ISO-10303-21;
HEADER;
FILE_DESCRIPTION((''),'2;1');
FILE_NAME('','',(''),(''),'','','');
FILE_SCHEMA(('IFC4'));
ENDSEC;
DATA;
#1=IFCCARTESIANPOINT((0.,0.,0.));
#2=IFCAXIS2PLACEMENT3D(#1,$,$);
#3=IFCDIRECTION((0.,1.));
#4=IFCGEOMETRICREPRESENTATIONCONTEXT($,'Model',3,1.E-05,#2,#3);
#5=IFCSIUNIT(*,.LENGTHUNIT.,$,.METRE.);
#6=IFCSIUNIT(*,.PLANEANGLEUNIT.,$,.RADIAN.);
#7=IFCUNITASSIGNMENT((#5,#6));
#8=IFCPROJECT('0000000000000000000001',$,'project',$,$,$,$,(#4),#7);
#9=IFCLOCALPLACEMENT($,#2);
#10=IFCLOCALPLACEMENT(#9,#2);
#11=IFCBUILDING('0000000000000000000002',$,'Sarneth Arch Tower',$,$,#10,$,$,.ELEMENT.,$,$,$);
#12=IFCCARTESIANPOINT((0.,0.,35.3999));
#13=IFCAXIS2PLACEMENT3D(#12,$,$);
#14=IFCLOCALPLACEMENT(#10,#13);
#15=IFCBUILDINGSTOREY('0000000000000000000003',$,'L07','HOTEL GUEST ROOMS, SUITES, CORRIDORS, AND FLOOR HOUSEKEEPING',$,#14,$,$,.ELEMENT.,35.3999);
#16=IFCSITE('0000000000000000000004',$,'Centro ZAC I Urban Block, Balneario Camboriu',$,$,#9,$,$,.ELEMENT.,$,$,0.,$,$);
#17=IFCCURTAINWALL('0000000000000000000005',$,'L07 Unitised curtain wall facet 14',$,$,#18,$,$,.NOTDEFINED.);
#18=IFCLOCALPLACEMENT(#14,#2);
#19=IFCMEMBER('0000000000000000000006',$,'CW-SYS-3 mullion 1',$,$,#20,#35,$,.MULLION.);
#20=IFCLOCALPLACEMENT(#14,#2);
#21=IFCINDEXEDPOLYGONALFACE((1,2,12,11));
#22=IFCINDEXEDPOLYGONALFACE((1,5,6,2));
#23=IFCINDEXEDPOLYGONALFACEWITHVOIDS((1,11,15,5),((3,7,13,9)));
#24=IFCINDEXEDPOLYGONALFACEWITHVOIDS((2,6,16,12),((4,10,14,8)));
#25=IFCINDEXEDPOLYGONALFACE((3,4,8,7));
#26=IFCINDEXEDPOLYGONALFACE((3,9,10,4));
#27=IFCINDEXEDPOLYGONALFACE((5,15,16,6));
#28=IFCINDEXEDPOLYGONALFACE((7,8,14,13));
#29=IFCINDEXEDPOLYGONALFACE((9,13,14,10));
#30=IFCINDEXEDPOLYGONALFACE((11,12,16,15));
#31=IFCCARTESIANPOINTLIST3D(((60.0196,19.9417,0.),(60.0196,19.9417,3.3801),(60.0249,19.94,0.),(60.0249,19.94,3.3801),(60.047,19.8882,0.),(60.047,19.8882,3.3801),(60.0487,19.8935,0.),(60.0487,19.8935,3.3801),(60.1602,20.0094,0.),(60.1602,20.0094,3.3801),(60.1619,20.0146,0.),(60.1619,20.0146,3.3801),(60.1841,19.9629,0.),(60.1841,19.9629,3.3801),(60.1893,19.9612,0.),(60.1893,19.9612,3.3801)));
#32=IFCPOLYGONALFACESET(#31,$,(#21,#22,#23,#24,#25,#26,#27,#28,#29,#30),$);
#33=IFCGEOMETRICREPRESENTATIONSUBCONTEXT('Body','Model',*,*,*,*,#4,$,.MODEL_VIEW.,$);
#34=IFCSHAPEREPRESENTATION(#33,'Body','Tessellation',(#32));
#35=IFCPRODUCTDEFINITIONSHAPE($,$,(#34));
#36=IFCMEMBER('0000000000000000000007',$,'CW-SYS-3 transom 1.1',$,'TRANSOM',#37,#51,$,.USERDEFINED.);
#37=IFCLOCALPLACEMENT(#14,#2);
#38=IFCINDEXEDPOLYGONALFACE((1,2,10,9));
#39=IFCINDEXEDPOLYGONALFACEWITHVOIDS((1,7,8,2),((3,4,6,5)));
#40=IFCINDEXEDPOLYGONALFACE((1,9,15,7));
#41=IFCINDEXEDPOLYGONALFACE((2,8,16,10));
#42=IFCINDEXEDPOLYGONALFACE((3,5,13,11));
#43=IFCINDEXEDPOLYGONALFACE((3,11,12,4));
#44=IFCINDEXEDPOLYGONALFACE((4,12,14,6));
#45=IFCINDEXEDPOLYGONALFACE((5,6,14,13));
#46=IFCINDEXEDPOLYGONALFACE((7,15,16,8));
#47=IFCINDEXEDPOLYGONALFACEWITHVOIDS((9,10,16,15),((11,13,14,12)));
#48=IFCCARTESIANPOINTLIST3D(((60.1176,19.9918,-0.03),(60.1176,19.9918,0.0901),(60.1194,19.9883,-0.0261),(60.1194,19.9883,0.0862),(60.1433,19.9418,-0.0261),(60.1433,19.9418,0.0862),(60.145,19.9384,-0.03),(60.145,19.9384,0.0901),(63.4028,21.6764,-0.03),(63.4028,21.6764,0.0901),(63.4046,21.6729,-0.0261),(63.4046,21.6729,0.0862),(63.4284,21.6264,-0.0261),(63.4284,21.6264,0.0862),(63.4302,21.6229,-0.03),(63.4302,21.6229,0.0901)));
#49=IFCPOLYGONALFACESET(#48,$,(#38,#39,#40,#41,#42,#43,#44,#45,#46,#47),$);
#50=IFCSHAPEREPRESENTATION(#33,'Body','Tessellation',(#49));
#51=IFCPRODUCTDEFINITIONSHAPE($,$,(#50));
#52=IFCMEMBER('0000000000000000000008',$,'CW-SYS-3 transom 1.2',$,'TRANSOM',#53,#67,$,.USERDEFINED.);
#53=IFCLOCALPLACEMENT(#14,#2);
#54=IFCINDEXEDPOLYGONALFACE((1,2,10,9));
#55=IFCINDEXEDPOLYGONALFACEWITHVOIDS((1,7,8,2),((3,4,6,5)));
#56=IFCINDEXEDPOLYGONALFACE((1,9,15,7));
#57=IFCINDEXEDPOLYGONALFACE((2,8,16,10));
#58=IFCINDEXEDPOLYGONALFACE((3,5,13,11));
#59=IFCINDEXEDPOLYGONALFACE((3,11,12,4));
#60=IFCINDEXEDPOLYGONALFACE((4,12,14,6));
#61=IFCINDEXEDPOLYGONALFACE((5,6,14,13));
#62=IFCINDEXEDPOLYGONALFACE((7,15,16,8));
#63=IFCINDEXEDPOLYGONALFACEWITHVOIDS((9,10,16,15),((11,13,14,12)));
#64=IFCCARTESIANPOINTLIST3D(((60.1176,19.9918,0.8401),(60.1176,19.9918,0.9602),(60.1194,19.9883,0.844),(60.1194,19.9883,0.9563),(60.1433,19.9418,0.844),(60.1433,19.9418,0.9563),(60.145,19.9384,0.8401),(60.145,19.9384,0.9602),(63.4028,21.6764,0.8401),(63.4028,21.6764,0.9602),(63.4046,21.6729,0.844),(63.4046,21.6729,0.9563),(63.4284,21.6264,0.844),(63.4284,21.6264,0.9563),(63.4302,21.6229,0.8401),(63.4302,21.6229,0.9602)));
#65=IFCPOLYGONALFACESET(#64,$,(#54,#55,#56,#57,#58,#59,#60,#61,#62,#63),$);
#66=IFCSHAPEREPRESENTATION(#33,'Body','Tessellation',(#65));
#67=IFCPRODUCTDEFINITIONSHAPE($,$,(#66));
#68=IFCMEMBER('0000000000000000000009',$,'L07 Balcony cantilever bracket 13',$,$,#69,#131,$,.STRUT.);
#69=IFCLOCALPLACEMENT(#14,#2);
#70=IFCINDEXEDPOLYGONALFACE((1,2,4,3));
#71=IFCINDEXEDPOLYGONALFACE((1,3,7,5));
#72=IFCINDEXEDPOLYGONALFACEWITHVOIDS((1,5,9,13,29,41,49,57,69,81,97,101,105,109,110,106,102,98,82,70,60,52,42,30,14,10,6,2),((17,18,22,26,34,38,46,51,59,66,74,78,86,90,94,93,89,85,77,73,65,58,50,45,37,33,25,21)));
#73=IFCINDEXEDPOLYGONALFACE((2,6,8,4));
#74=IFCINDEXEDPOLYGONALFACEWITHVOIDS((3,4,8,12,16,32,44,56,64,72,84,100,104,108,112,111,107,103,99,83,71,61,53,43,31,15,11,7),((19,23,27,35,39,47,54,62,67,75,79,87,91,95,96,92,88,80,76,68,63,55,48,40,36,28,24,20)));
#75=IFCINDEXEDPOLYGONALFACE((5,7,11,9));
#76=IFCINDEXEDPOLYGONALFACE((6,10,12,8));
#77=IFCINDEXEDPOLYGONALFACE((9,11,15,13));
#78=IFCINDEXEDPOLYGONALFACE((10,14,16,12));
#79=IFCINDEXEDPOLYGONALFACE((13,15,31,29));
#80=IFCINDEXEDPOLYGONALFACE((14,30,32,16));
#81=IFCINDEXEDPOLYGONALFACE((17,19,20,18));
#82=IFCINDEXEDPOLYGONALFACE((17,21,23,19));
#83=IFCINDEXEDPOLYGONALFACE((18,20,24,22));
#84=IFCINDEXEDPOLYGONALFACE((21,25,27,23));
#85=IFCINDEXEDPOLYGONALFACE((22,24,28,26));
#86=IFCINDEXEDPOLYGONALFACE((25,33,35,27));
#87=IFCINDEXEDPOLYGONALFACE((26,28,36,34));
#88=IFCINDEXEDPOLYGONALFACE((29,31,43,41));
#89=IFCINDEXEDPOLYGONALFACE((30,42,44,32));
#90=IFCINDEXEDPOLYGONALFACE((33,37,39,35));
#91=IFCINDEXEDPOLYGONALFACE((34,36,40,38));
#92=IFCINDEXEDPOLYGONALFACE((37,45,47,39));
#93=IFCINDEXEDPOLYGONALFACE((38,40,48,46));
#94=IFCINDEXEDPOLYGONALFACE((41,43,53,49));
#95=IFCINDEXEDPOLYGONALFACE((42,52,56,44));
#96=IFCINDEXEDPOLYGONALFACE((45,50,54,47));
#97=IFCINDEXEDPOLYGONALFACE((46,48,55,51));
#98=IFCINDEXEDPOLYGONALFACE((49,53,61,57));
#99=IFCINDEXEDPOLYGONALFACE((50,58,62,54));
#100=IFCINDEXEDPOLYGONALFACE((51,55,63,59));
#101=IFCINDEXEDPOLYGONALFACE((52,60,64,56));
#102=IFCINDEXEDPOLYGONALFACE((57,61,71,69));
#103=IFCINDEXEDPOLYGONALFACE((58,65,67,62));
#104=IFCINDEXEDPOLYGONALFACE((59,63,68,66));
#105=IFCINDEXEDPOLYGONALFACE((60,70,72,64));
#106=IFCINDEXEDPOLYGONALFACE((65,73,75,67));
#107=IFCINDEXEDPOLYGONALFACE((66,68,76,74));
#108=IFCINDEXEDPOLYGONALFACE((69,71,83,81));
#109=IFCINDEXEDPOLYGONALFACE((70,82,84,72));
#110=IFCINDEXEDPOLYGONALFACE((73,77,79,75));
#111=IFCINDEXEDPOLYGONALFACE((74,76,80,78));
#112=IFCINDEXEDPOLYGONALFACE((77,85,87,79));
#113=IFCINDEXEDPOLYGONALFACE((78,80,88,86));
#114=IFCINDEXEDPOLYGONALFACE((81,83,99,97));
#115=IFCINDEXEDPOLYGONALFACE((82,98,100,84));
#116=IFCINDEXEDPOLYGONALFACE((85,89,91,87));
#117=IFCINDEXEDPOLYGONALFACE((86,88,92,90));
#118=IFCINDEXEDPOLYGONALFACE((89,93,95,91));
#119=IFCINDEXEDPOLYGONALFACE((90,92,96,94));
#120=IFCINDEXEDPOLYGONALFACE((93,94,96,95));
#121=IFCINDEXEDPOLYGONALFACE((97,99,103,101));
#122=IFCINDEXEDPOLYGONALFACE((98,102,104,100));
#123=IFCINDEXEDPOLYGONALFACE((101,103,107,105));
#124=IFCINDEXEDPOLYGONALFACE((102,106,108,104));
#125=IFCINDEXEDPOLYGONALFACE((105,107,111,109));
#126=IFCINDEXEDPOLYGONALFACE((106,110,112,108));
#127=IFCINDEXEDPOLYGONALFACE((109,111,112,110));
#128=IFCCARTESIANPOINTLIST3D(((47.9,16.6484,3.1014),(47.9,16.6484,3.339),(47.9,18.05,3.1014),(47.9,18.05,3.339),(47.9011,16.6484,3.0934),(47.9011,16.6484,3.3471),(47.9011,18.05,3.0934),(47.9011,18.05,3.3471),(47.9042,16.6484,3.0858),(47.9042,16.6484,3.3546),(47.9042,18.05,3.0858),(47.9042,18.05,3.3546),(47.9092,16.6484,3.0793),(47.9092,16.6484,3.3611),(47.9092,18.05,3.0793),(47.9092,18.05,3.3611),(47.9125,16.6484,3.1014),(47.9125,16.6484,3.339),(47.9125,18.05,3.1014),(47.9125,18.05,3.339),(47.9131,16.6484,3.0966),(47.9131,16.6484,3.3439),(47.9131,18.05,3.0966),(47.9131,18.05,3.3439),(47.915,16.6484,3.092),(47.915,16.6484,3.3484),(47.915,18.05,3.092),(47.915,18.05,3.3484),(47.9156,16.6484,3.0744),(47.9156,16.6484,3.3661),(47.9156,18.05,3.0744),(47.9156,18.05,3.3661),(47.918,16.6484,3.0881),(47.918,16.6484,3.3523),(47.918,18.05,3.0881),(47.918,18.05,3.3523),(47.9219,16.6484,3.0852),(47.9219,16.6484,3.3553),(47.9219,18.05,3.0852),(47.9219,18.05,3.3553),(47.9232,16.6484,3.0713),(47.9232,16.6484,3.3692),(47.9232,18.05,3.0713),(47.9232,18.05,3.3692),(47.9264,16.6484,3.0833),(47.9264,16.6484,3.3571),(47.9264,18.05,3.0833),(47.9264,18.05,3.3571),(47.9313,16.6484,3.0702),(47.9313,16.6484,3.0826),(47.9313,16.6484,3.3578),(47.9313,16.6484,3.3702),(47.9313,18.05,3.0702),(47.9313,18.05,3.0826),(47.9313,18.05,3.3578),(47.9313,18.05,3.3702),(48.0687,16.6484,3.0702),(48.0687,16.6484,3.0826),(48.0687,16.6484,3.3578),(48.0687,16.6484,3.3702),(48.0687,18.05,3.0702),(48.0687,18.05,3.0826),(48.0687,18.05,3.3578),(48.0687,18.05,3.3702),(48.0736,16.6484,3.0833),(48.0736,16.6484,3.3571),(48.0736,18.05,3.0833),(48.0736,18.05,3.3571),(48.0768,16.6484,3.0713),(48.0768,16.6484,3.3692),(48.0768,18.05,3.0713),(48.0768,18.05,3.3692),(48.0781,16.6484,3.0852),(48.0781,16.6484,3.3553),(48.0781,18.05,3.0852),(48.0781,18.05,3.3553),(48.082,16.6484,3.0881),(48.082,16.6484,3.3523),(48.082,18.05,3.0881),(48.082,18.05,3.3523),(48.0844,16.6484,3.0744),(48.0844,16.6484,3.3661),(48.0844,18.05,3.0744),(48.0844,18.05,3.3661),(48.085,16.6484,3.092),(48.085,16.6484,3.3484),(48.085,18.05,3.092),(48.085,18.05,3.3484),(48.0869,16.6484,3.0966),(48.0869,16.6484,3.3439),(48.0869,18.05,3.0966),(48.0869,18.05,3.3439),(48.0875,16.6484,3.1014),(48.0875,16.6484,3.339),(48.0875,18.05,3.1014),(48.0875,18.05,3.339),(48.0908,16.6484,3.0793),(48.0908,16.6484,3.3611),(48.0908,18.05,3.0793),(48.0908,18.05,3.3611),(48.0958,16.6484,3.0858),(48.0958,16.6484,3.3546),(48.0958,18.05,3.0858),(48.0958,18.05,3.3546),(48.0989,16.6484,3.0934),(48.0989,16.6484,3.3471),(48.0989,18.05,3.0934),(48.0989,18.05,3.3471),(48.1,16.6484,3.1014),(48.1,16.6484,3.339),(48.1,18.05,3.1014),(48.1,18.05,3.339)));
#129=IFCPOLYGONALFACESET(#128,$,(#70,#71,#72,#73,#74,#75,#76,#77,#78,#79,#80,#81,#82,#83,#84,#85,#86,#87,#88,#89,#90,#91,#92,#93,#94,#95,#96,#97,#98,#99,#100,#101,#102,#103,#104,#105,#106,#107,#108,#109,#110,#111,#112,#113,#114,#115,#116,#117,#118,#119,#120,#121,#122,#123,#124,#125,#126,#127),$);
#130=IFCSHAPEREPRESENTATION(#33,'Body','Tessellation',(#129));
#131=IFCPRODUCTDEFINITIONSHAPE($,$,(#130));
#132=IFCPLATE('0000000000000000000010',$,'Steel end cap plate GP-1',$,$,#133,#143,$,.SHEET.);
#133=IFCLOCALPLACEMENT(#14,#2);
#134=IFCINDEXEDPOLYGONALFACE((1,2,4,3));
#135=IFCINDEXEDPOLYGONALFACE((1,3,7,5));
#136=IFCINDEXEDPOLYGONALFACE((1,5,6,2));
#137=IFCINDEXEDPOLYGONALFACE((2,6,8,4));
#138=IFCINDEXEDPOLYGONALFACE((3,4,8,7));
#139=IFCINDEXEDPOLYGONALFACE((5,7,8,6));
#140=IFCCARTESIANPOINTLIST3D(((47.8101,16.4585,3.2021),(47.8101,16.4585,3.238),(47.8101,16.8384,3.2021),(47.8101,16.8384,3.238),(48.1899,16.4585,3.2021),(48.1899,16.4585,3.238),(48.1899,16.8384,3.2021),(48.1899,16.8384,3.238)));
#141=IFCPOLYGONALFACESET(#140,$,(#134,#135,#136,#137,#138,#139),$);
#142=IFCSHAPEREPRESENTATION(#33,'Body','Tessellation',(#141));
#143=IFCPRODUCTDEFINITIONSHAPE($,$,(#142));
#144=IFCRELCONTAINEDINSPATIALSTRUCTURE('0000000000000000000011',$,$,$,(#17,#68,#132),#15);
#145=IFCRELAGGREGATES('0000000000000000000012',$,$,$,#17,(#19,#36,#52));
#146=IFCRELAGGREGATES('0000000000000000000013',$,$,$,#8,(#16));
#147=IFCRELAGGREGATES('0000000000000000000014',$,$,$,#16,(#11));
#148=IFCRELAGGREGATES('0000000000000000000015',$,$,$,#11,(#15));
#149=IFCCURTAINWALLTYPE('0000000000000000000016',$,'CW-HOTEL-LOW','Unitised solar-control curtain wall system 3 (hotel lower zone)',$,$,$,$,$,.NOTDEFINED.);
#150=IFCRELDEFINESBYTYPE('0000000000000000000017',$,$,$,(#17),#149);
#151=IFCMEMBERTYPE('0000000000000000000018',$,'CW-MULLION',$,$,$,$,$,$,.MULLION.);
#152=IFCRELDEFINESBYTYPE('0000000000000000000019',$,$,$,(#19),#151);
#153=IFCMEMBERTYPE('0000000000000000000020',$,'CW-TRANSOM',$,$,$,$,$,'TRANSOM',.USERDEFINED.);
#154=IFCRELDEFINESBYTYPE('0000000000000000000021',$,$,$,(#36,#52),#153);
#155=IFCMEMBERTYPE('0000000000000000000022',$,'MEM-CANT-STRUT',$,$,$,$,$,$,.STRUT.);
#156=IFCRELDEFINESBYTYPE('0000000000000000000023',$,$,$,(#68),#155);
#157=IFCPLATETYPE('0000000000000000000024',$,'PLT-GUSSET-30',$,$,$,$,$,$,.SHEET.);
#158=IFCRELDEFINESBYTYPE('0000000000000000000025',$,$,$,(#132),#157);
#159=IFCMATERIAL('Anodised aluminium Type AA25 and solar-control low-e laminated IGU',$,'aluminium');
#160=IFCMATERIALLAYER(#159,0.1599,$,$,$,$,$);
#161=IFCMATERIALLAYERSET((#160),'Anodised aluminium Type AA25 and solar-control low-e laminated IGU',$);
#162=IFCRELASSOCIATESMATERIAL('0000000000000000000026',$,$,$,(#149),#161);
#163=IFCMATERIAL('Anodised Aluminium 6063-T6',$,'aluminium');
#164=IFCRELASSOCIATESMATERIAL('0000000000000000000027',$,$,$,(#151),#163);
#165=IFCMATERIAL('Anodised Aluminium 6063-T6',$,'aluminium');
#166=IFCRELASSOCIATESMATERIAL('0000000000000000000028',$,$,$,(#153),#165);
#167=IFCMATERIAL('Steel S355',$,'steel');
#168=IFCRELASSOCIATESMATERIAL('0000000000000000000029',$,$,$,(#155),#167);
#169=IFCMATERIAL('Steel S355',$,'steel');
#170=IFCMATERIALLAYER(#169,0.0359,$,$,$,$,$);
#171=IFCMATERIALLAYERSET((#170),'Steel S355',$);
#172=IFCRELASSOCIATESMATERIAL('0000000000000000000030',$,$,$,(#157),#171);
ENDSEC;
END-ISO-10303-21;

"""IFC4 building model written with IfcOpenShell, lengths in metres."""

from ifc_helpers import new_model, si_unit, direction, frame, origin, origin_2d, place, context, subcontext, project, spatial, rectangle, hollow_rectangle, extrude, material, layer, layer_set, material_profile, profile_set, type_object, element, aggregate, save


model = new_model("IFC4")

# Units and contexts
model_context = context("Model", 3, precision=1e-05, world=origin(), true_north=direction((0.0, 1.0)))
body_context = subcontext(model_context, "Body", "Model", "MODEL_VIEW")
ifc_project = project(units=[si_unit("LENGTHUNIT", "METRE"), si_unit("PLANEANGLEUNIT", "RADIAN")], contexts=[model_context])

# Site, building, storey
site_placement = place(None, origin())
site = spatial("IfcSite", under=ifc_project, at=site_placement, Name="Centro ZAC I Urban Block, Balneario Camboriu", CompositionType="ELEMENT", RefElevation=0.0)
building_placement = place(site_placement, origin())
building = spatial("IfcBuilding", under=site, at=building_placement, Name="Sarneth Arch Tower", CompositionType="ELEMENT")
storey_placement = place(building_placement, frame((0.0, 0.0, 35.3999)))
storey = spatial("IfcBuildingStorey", under=building, at=storey_placement, Name="L07", Description="HOTEL GUEST ROOMS, SUITES, CORRIDORS, AND FLOOR HOUSEKEEPING", CompositionType="ELEMENT", Elevation=35.3999)

# Curtain wall, members
ifc_material_1 = material(Name="Anodised aluminium Type AA25 and solar-control low-e laminated IGU", Category="aluminium")
ifc_layer_1 = layer(ifc_material_1, 0.1599)
ifc_layer_set_1 = layer_set([ifc_layer_1], Name="Anodised aluminium Type AA25 and solar-control low-e laminated IGU")
curtain_wall_type = type_object("IfcCurtainWallType", Name="CW-HOTEL-LOW", Description="Unitised solar-control curtain wall system 3 (hotel lower zone)", PredefinedType="NOTDEFINED", material=ifc_layer_set_1)
curtain_wall_placement = place(storey_placement, origin())
curtain_wall = element("IfcCurtainWall", 1, at=curtain_wall_placement, inside=storey, type_object=curtain_wall_type, Name="L07 Unitised curtain wall facet 14", PredefinedType="NOTDEFINED")
ifc_material_2 = material(Name="Anodised Aluminium 6063-T6", Category="aluminium")
ifc_material_profile_1 = material_profile(ifc_material_2, hollow_rectangle(XDim=0.0601, YDim=0.1599, WallThickness=0.0039, at=origin_2d()), Name="AL-MULL-160x60x4")
ifc_profile_set_1 = profile_set([ifc_material_profile_1], Name="Anodised Aluminium 6063-T6")
member_type_1 = type_object("IfcMemberType", Name="CW-MULLION", PredefinedType="MULLION", material=ifc_profile_set_1)
member_1_placement = place(storey_placement, frame((60.1045, 19.9514, 0.0), z_axis=(0.0, 0.0, 1.0), x_axis=(-0.456245, 0.889854, 0.0)))
member_1 = element("IfcMember", 2, at=member_1_placement, type_object=member_type_1, Name="CW-SYS-3 mullion 1", PredefinedType="MULLION", context=body_context, shape_type="SweptSolid", body=[
    extrude(hollow_rectangle(XDim=0.0601, YDim=0.1599, WallThickness=0.0039, at=origin_2d()), origin(), (0.0, 0.0, 1.0), 3.3801),
])
ifc_material_3 = material(Name="Anodised Aluminium 6063-T6", Category="aluminium")
ifc_material_profile_2 = material_profile(ifc_material_3, hollow_rectangle(XDim=0.0601, YDim=0.1201, WallThickness=0.0039, at=origin_2d()), Name="AL-TRAN-120x60x4")
ifc_profile_set_2 = profile_set([ifc_material_profile_2], Name="Anodised Aluminium 6063-T6")
member_type_2 = type_object("IfcMemberType", Name="CW-TRANSOM", ElementType="TRANSOM", PredefinedType="USERDEFINED", material=ifc_profile_set_2)
member_2_placement = place(storey_placement, frame((60.1313, 19.9651, 0.03), z_axis=(0.889831, 0.45629, 0.0), x_axis=(-0.45629, 0.889831, 0.0)))
member_2 = element("IfcMember", 3, at=member_2_placement, type_object=member_type_2, Name="CW-SYS-3 transom 1.1", ObjectType="TRANSOM", PredefinedType="USERDEFINED", context=body_context, shape_type="SweptSolid", body=[
    extrude(hollow_rectangle(XDim=0.0601, YDim=0.1201, WallThickness=0.0039, at=origin_2d()), origin(), (0.0, 0.0, 1.0), 3.6919),
])
member_3_placement = place(storey_placement, frame((60.1313, 19.9651, 0.9001), z_axis=(0.889831, 0.45629, 0.0), x_axis=(-0.45629, 0.889831, 0.0)))
member_3 = element("IfcMember", 4, at=member_3_placement, type_object=member_type_2, Name="CW-SYS-3 transom 1.2", ObjectType="TRANSOM", PredefinedType="USERDEFINED", context=body_context, shape_type="SweptSolid", body=[
    extrude(hollow_rectangle(XDim=0.0601, YDim=0.1201, WallThickness=0.0039, at=origin_2d()), origin(), (0.0, 0.0, 1.0), 3.6919),
])
aggregate(curtain_wall, [member_1, member_2, member_3])

# Member
ifc_material_4 = material(Name="Steel S355", Category="steel")
ifc_material_profile_3 = material_profile(ifc_material_4, hollow_rectangle(XDim=0.2, YDim=0.3, WallThickness=0.0125, InnerFilletRadius=0.0188, OuterFilletRadius=0.0312, at=origin_2d()), Name="RHS300x200x12.5")
ifc_profile_set_3 = profile_set([ifc_material_profile_3], Name="Steel S355")
member_type_3 = type_object("IfcMemberType", Name="MEM-CANT-STRUT", PredefinedType="STRUT", material=ifc_profile_set_3)
member_4_placement = place(storey_placement, frame((48.0, 18.05, 3.2202), z_axis=(0.0, -1.0, 0.0), x_axis=(1.0, 0.0, 0.0)))
element("IfcMember", 5, at=member_4_placement, inside=storey, type_object=member_type_3, Name="L07 Balcony cantilever bracket 13", PredefinedType="STRUT", context=body_context, shape_type="SweptSolid", body=[
    extrude(hollow_rectangle(XDim=0.2, YDim=0.3, WallThickness=0.0125, InnerFilletRadius=0.0188, OuterFilletRadius=0.0312, at=origin_2d()), origin(), (0.0, 0.0, 1.0), 1.4016),
])

# Plate
ifc_material_5 = material(Name="Steel S355", Category="steel")
ifc_layer_2 = layer(ifc_material_5, 0.0359)
ifc_layer_set_2 = layer_set([ifc_layer_2], Name="Steel S355")
plate_type = type_object("IfcPlateType", Name="PLT-GUSSET-30", PredefinedType="SHEET", material=ifc_layer_set_2)
plate_placement = place(storey_placement, frame((48.0, 16.6484, 3.2021), z_axis=(0.0, 0.0, 1.0), x_axis=(0.0, -1.0, 0.0)))
element("IfcPlate", 6, at=plate_placement, inside=storey, type_object=plate_type, Name="Steel end cap plate GP-1", PredefinedType="SHEET", context=body_context, shape_type="SweptSolid", body=[
    extrude(rectangle(XDim=0.3799, YDim=0.3799, at=origin_2d()), origin(), (0.0, 0.0, 1.0), 0.0359),
])

save(model, "model.ifc")
